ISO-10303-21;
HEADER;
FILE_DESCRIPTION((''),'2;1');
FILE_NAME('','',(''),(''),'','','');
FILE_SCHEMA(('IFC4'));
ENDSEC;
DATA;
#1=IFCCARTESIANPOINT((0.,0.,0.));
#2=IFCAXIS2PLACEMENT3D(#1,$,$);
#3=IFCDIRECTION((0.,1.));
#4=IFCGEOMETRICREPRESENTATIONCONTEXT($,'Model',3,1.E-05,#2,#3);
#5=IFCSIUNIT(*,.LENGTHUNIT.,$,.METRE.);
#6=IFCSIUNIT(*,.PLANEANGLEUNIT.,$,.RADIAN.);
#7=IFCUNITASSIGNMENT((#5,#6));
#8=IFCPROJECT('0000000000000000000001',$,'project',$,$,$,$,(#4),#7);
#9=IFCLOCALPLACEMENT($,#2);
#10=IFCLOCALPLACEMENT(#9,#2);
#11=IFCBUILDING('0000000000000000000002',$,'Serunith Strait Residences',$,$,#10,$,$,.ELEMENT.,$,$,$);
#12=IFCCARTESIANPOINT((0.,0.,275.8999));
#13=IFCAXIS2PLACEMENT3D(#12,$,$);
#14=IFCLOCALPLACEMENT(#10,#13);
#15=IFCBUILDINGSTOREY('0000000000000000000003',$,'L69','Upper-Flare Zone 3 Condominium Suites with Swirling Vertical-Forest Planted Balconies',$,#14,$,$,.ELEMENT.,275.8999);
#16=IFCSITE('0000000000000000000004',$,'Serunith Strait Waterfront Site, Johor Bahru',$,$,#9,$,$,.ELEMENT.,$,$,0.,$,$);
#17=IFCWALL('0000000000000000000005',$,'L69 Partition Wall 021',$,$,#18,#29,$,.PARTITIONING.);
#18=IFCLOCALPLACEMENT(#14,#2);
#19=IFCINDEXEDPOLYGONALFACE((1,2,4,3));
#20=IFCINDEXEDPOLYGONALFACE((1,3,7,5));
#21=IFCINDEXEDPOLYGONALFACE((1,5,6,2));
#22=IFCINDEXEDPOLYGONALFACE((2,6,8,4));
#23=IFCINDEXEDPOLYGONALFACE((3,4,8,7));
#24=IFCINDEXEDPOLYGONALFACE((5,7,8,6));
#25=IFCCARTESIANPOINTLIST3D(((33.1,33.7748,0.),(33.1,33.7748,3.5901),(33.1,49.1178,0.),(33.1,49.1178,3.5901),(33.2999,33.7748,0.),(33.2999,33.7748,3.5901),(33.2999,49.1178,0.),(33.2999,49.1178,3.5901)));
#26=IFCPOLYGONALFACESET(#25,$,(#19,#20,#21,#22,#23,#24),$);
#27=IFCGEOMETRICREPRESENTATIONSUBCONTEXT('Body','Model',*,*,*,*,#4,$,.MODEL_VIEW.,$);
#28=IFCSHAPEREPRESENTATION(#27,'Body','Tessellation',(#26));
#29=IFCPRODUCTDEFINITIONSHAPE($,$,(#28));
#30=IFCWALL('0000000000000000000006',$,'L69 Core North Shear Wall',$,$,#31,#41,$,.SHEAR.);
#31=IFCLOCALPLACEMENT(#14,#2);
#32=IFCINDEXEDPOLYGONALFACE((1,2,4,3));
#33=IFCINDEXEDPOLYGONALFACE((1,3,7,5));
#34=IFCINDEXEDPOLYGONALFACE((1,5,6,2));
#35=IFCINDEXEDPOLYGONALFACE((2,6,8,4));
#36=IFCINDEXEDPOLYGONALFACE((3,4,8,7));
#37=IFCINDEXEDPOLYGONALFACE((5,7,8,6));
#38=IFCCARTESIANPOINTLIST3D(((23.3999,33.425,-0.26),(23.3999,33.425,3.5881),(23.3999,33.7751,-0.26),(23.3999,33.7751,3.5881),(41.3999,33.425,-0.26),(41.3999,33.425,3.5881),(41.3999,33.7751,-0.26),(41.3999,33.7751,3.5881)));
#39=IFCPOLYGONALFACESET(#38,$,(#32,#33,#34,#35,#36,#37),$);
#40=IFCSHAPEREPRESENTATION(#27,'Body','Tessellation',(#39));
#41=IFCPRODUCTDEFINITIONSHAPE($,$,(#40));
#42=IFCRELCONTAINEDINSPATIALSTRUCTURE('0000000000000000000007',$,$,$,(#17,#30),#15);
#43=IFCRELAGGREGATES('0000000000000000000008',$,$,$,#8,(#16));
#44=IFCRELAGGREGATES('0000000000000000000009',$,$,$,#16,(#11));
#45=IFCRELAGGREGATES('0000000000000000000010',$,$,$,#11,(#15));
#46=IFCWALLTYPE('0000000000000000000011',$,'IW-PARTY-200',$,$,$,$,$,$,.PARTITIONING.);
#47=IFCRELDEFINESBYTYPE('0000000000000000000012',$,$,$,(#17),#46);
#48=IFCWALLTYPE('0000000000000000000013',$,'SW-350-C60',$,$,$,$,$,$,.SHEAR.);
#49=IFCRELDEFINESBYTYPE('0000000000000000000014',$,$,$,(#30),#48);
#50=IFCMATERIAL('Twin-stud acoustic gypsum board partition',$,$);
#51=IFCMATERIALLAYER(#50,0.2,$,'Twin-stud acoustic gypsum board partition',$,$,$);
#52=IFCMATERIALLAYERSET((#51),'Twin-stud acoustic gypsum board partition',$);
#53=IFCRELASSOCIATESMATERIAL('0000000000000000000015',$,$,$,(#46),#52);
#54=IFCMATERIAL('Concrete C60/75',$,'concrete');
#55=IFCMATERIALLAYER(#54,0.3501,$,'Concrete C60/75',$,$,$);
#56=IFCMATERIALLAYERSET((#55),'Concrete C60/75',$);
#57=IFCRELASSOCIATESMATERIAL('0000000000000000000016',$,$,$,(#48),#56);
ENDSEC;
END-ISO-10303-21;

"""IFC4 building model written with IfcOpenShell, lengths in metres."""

from ifc_helpers import new_model, si_unit, direction, frame, frame_2d, origin, place, context, subcontext, project, spatial, rectangle, extrude, material, layer, layer_set, type_object, element, save


model = new_model("IFC4")

# Units and contexts
model_context = context("Model", 3, precision=1e-05, world=origin(), true_north=direction((0.0, 1.0)))
body_context = subcontext(model_context, "Body", "Model", "MODEL_VIEW")
ifc_project = project(units=[si_unit("LENGTHUNIT", "METRE"), si_unit("PLANEANGLEUNIT", "RADIAN")], contexts=[model_context])

# Site, building, storey
site_placement = place(None, origin())
site = spatial("IfcSite", under=ifc_project, at=site_placement, Name="Serunith Strait Waterfront Site, Johor Bahru", CompositionType="ELEMENT", RefElevation=0.0)
building_placement = place(site_placement, origin())
building = spatial("IfcBuilding", under=site, at=building_placement, Name="Serunith Strait Residences", CompositionType="ELEMENT")
storey_placement = place(building_placement, frame((0.0, 0.0, 275.8999)))
storey = spatial("IfcBuildingStorey", under=building, at=storey_placement, Name="L69", Description="Upper-Flare Zone 3 Condominium Suites with Swirling Vertical-Forest Planted Balconies", CompositionType="ELEMENT", Elevation=275.8999)

# Walls
ifc_material_1 = material(Name="Twin-stud acoustic gypsum board partition")
ifc_layer_1 = layer(ifc_material_1, 0.2, Name="Twin-stud acoustic gypsum board partition")
ifc_layer_set_1 = layer_set([ifc_layer_1], Name="Twin-stud acoustic gypsum board partition")
wall_type_1 = type_object("IfcWallType", Name="IW-PARTY-200", PredefinedType="PARTITIONING", material=ifc_layer_set_1)
wall_1_placement = place(storey_placement, frame((33.2, 33.7749, 0.0), z_axis=(0.0, 0.0, 1.0), x_axis=(0.0, 1.0, 0.0)))
element("IfcWall", 1, at=wall_1_placement, inside=storey, type_object=wall_type_1, Name="L69 Partition Wall 021", PredefinedType="PARTITIONING", context=body_context, shape_type="SweptSolid", body=[
    extrude(rectangle(XDim=15.343, YDim=0.2, at=frame_2d((7.6714, 0.0))), origin(), (0.0, 0.0, 1.0), 3.5901),
])
ifc_material_2 = material(Name="Concrete C60/75", Category="concrete")
ifc_layer_2 = layer(ifc_material_2, 0.3501, Name="Concrete C60/75")
ifc_layer_set_2 = layer_set([ifc_layer_2], Name="Concrete C60/75")
wall_type_2 = type_object("IfcWallType", Name="SW-350-C60", PredefinedType="SHEAR", material=ifc_layer_set_2)
wall_2_placement = place(storey_placement, frame((41.3999, 33.6001, -0.26), z_axis=(0.0, 0.0, 1.0), x_axis=(-1.0, 0.0, 0.0)))
element("IfcWall", 2, at=wall_2_placement, inside=storey, type_object=wall_type_2, Name="L69 Core North Shear Wall", PredefinedType="SHEAR", context=body_context, shape_type="SweptSolid", body=[
    extrude(rectangle(XDim=18.0, YDim=0.3501, at=frame_2d((9.0, 0.0))), origin(), (0.0, 0.0, 1.0), 3.8481),
])

save(model, "model.ifc")
